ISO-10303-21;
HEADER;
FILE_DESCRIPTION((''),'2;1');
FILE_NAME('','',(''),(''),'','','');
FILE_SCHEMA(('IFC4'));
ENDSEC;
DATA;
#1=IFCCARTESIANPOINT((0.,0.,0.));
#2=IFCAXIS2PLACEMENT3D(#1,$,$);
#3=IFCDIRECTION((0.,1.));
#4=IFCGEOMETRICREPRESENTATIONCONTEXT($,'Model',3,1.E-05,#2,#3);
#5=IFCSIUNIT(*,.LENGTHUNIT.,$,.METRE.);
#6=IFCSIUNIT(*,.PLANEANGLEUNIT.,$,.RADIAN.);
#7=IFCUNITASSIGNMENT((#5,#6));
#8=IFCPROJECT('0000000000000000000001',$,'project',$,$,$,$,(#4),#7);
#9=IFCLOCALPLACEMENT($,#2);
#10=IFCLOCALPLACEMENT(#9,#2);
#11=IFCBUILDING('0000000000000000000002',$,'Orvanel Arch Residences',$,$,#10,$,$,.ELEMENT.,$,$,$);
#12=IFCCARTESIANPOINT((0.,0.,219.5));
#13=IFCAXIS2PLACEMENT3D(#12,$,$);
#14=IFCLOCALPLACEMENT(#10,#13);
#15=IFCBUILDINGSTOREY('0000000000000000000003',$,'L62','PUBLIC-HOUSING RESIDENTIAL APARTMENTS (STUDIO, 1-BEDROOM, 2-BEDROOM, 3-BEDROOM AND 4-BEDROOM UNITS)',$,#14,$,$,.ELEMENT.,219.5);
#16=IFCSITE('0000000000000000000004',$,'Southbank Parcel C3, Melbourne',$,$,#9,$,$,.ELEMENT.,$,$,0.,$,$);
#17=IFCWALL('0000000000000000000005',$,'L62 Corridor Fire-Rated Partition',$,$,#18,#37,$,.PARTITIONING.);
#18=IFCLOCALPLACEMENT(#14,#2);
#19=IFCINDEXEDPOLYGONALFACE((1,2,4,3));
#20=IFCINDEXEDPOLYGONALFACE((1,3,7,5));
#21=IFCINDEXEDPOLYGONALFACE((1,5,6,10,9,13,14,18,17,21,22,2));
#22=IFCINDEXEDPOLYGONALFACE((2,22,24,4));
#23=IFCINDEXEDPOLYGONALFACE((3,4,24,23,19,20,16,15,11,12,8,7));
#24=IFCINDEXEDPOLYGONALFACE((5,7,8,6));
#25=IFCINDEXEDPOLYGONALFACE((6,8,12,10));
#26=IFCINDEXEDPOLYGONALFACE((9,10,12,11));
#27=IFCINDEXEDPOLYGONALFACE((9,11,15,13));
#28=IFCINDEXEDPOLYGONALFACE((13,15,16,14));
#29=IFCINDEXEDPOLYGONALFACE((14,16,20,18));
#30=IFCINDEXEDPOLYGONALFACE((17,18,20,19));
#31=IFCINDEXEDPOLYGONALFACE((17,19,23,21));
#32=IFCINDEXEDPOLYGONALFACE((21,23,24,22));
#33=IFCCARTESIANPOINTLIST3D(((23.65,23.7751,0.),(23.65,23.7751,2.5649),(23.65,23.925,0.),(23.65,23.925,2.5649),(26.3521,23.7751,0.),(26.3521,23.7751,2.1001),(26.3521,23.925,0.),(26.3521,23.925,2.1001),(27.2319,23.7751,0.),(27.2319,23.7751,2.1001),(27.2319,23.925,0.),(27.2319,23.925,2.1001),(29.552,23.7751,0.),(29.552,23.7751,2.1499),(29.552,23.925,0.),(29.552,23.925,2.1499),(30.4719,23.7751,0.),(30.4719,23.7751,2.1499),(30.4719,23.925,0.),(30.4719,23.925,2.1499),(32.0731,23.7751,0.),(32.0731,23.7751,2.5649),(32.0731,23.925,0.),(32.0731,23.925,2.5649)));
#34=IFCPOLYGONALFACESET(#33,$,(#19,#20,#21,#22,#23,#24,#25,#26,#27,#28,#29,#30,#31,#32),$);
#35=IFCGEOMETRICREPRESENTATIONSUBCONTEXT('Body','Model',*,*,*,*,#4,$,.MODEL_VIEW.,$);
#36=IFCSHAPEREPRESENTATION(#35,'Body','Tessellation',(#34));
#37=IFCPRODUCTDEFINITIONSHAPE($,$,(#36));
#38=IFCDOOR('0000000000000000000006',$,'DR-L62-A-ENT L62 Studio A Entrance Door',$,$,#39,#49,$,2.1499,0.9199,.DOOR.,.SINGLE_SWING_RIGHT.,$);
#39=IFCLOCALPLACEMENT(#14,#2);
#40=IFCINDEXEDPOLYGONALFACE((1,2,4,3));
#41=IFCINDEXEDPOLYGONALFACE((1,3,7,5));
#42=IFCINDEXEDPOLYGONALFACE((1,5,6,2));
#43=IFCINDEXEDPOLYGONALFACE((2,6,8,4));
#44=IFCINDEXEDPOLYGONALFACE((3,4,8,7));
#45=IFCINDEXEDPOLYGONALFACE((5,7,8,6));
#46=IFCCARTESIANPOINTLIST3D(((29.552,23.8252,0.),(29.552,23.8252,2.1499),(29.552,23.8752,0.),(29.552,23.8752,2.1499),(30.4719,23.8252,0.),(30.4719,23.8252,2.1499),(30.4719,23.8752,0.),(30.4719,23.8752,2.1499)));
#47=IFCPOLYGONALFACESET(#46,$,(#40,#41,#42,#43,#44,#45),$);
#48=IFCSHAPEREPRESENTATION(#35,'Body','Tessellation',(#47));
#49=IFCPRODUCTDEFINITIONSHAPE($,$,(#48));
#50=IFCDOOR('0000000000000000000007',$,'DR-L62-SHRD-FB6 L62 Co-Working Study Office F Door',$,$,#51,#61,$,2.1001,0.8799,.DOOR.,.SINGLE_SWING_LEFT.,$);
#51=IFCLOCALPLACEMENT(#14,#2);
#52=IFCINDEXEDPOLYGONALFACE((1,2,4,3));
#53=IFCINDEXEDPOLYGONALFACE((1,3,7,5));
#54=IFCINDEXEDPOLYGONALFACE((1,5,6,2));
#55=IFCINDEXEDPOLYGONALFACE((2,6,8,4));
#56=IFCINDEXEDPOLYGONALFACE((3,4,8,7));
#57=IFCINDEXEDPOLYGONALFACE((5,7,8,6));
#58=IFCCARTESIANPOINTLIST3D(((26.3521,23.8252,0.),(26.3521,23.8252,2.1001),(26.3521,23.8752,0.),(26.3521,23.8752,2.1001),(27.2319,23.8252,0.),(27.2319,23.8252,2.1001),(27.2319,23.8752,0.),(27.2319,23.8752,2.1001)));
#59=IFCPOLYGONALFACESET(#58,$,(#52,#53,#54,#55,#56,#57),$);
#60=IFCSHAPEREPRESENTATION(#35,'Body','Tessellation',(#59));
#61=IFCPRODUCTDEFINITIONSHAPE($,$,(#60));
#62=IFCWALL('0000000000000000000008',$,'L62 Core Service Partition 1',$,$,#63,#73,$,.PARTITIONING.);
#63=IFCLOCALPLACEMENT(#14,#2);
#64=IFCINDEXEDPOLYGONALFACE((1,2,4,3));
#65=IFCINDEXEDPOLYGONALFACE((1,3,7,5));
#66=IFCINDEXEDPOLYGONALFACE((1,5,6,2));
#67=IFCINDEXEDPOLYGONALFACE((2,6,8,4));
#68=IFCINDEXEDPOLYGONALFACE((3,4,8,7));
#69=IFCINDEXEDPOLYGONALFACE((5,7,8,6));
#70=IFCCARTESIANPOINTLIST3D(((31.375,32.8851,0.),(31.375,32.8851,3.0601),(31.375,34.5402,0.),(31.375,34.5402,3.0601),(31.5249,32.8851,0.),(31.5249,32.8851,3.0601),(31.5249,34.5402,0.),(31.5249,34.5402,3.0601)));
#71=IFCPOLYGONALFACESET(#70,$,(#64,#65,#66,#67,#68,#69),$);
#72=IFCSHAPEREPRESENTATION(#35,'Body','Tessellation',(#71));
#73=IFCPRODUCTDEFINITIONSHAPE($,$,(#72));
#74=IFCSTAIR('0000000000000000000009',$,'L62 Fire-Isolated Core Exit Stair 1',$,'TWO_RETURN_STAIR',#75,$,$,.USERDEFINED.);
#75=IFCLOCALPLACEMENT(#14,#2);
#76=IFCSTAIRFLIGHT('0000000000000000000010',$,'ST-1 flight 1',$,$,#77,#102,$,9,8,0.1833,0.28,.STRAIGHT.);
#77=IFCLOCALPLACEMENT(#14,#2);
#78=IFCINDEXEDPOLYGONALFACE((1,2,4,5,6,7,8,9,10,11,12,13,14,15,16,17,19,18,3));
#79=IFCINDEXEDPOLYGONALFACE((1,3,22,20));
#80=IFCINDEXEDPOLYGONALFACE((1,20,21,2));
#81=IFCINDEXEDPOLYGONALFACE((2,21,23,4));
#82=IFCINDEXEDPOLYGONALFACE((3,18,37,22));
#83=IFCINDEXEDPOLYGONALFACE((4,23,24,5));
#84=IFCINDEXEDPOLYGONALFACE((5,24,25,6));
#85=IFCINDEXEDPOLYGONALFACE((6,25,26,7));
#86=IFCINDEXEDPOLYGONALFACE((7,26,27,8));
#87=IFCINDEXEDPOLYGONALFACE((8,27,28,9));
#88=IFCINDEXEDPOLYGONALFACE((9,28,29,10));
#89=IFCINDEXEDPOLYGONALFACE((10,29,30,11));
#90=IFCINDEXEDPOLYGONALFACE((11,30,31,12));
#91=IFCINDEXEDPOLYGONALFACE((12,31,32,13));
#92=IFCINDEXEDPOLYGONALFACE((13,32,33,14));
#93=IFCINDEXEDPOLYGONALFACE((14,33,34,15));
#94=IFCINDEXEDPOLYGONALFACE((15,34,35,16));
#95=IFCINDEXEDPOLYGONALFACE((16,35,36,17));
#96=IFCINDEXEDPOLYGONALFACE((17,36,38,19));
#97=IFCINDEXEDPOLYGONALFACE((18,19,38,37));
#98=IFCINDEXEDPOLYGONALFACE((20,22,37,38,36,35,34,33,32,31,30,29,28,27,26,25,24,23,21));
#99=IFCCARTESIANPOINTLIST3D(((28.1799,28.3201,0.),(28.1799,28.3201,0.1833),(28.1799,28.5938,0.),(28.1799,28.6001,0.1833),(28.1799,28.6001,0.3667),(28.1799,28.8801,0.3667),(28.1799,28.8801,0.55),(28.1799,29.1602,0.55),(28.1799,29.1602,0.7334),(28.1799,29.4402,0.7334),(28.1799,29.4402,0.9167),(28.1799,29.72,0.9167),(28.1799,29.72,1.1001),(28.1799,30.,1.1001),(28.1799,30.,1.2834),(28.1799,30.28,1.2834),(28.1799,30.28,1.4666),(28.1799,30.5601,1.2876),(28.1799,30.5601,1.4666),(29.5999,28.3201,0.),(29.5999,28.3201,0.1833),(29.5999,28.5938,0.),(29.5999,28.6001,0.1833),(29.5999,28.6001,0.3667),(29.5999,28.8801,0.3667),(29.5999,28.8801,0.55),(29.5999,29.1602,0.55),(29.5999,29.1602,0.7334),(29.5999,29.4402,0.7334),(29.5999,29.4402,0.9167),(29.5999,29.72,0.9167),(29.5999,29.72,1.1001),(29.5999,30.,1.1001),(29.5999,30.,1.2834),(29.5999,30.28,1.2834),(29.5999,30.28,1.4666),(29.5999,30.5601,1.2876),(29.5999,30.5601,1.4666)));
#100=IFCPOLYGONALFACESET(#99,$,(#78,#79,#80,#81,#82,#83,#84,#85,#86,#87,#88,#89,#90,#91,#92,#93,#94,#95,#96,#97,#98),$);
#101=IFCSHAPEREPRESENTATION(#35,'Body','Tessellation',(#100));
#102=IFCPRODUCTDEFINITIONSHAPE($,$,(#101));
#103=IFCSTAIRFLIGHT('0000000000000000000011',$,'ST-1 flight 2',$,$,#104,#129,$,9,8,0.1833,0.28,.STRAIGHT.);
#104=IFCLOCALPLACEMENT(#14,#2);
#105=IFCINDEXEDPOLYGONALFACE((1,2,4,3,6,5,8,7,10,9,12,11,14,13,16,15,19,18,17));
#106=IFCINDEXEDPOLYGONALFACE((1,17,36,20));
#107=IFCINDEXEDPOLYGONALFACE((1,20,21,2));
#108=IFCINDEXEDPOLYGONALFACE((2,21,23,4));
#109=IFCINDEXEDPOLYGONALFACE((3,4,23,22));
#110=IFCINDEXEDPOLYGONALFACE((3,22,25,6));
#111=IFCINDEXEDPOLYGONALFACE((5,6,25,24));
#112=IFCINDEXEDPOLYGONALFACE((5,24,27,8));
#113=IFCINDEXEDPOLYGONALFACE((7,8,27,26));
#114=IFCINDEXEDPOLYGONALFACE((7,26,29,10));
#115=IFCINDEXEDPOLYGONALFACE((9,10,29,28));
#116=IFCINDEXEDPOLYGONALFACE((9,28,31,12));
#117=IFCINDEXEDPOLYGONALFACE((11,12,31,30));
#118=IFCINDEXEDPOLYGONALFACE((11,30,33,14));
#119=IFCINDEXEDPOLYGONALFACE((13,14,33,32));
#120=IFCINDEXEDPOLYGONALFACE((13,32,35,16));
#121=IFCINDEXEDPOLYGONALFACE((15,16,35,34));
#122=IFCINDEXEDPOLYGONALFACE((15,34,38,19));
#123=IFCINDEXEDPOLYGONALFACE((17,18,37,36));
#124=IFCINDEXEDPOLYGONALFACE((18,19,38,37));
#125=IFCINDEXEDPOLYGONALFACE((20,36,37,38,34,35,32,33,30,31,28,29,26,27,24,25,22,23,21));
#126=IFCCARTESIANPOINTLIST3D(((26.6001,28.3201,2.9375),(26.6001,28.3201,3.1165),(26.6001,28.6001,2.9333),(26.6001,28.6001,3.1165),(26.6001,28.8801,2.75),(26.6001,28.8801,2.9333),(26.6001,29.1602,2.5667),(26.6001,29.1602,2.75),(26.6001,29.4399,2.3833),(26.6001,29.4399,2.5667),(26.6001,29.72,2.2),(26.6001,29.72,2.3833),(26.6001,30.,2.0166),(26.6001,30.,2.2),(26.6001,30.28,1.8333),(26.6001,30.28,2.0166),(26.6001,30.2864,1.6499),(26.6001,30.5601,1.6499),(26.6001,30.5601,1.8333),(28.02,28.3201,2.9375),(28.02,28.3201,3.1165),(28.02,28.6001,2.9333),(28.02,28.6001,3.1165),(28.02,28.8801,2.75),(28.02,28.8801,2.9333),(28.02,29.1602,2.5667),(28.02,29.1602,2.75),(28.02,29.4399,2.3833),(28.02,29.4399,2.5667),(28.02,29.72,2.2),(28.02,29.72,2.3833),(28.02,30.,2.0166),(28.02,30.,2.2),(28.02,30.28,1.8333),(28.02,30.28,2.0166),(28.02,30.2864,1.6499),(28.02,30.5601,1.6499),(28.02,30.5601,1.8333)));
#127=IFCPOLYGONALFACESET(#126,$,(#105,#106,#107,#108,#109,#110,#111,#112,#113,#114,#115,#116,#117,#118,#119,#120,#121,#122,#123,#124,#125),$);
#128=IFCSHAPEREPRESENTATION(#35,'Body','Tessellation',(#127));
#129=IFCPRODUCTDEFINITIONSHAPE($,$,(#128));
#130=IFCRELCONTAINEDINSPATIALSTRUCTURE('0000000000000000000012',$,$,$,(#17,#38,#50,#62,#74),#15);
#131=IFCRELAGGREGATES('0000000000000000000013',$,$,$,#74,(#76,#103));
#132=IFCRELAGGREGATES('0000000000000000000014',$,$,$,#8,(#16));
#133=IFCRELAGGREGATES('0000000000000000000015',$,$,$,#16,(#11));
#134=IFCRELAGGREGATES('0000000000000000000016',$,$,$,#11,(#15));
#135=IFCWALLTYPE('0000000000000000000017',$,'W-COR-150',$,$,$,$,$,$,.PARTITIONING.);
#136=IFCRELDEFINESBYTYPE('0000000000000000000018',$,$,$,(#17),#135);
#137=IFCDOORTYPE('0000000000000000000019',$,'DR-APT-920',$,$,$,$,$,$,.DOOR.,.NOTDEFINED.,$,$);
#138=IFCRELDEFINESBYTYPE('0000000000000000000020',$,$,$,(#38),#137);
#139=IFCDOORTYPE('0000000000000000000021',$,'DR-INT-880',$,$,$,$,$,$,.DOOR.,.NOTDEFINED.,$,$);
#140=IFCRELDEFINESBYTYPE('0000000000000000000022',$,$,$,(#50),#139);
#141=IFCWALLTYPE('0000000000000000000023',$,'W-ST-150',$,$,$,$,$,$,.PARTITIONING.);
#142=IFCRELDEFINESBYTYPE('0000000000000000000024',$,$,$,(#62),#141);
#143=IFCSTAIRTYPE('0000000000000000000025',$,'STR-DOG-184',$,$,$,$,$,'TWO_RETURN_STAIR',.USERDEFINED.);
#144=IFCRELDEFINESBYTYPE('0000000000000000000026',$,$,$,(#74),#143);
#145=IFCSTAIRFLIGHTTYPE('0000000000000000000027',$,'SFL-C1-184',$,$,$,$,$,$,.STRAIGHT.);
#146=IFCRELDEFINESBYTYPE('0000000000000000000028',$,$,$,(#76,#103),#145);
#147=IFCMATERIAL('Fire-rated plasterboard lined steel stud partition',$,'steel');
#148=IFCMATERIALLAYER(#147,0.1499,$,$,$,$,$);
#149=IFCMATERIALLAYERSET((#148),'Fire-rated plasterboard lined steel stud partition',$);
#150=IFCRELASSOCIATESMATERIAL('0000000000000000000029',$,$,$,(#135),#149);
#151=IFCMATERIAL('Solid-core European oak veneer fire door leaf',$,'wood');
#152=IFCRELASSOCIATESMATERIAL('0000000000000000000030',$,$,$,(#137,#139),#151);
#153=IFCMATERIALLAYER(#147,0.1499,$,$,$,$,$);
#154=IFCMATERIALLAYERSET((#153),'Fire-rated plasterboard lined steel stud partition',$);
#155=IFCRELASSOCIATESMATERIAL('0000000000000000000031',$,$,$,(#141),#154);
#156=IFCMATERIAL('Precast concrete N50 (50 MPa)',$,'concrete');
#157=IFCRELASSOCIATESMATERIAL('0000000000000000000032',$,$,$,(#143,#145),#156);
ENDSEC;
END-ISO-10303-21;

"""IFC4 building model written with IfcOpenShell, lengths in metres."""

from ifc_helpers import new_model, si_unit, direction, frame, frame_2d, origin, place, context, subcontext, project, spatial, polyline, rectangle, outline, extrude, material, layer, layer_set, type_object, element, fill, aggregate, save


model = new_model("IFC4")

# Units and contexts
model_context = context("Model", 3, precision=1e-05, world=origin(), true_north=direction((0.0, 1.0)))
body_context = subcontext(model_context, "Body", "Model", "MODEL_VIEW")
ifc_project = project(units=[si_unit("LENGTHUNIT", "METRE"), si_unit("PLANEANGLEUNIT", "RADIAN")], contexts=[model_context])

# Site, building, storey
site_placement = place(None, origin())
site = spatial("IfcSite", under=ifc_project, at=site_placement, Name="Southbank Parcel C3, Melbourne", CompositionType="ELEMENT", RefElevation=0.0)
building_placement = place(site_placement, origin())
building = spatial("IfcBuilding", under=site, at=building_placement, Name="Orvanel Arch Residences", CompositionType="ELEMENT")
storey_placement = place(building_placement, frame((0.0, 0.0, 219.5)))
storey = spatial("IfcBuildingStorey", under=building, at=storey_placement, Name="L62", Description="PUBLIC-HOUSING RESIDENTIAL APARTMENTS (STUDIO, 1-BEDROOM, 2-BEDROOM, 3-BEDROOM AND 4-BEDROOM UNITS)", CompositionType="ELEMENT", Elevation=219.5)

# Shared definitions
ifc_material_1 = material(Name="Fire-rated plasterboard lined steel stud partition", Category="steel")
ifc_layer_1 = layer(ifc_material_1, 0.1499)
ifc_layer_set_1 = layer_set([ifc_layer_1], Name="Fire-rated plasterboard lined steel stud partition")
wall_type_1 = type_object("IfcWallType", Name="W-COR-150", PredefinedType="PARTITIONING", material=ifc_layer_set_1)

# Wall, openings, doors
wall_1_placement = place(storey_placement, frame((32.073, 23.8501, 0.0), z_axis=(0.0, 0.0, 1.0), x_axis=(-1.0, 0.0, 0.0)))
wall_1 = element("IfcWall", 1, at=wall_1_placement, inside=storey, type_object=wall_type_1, Name="L62 Corridor Fire-Rated Partition", PredefinedType="PARTITIONING", context=body_context, shape_type="SweptSolid", body=[
    extrude(rectangle(XDim=8.4231, YDim=0.1499, at=frame_2d((4.2114, 0.0))), origin(), (0.0, 0.0, 1.0), 2.5649),
])
opening_1_placement = place(wall_1_placement, frame((1.6011, 0.0, 0.0)))
opening_1 = element("IfcOpeningElement", 2, at=opening_1_placement, cuts=wall_1, PredefinedType="OPENING", context=body_context, shape_type="SweptSolid", body=[
    extrude(rectangle(XDim=0.9199, YDim=2.1499, at=frame_2d((0.46, 1.075))), frame((0.0, 0.085, 0.0), z_axis=(0.0, -1.0, 0.0), x_axis=(1.0, 0.0, 0.0)), (0.0, 0.0, 1.0), 0.1699),
])
opening_2_placement = place(wall_1_placement, frame((4.8411, 0.0, 0.0)))
opening_2 = element("IfcOpeningElement", 3, at=opening_2_placement, cuts=wall_1, PredefinedType="OPENING", context=body_context, shape_type="SweptSolid", body=[
    extrude(rectangle(XDim=0.8799, YDim=2.1001, at=frame_2d((0.4399, 1.05))), frame((0.0, 0.085, 0.0), z_axis=(0.0, -1.0, 0.0), x_axis=(1.0, 0.0, 0.0)), (0.0, 0.0, 1.0), 0.1699),
])
ifc_material_2 = material(Name="Solid-core European oak veneer fire door leaf", Category="wood")
door_type_1 = type_object("IfcDoorType", Name="DR-APT-920", OperationType="NOTDEFINED", PredefinedType="DOOR", material=ifc_material_2)
door_1_placement = place(opening_1_placement, origin())
door_1 = element("IfcDoor", 4, at=door_1_placement, inside=storey, type_object=door_type_1, Name="DR-L62-A-ENT L62 Studio A Entrance Door", OperationType="SINGLE_SWING_RIGHT", OverallHeight=2.1499, OverallWidth=0.9199, PredefinedType="DOOR", context=body_context, shape_type="SweptSolid", body=[
    extrude(rectangle(XDim=0.9199, YDim=2.1499, at=frame_2d((0.46, 1.075))), frame((0.0, 0.0249, 0.0), z_axis=(0.0, -1.0, 0.0), x_axis=(1.0, 0.0, 0.0)), (0.0, 0.0, 1.0), 0.05),
])
fill(opening_1, door_1)
door_type_2 = type_object("IfcDoorType", Name="DR-INT-880", OperationType="NOTDEFINED", PredefinedType="DOOR", material=ifc_material_2)
door_2_placement = place(opening_2_placement, origin())
door_2 = element("IfcDoor", 5, at=door_2_placement, inside=storey, type_object=door_type_2, Name="DR-L62-SHRD-FB6 L62 Co-Working Study Office F Door", OperationType="SINGLE_SWING_LEFT", OverallHeight=2.1001, OverallWidth=0.8799, PredefinedType="DOOR", context=body_context, shape_type="SweptSolid", body=[
    extrude(rectangle(XDim=0.8799, YDim=2.1001, at=frame_2d((0.4399, 1.05))), frame((0.0, 0.0249, 0.0), z_axis=(0.0, -1.0, 0.0), x_axis=(1.0, 0.0, 0.0)), (0.0, 0.0, 1.0), 0.05),
])
fill(opening_2, door_2)

# Wall
ifc_layer_2 = layer(ifc_material_1, 0.1499)
ifc_layer_set_2 = layer_set([ifc_layer_2], Name="Fire-rated plasterboard lined steel stud partition")
wall_type_2 = type_object("IfcWallType", Name="W-ST-150", PredefinedType="PARTITIONING", material=ifc_layer_set_2)
wall_2_placement = place(storey_placement, frame((31.45, 32.885, 0.0), z_axis=(0.0, 0.0, 1.0), x_axis=(0.0, 1.0, 0.0)))
element("IfcWall", 6, at=wall_2_placement, inside=storey, type_object=wall_type_2, Name="L62 Core Service Partition 1", PredefinedType="PARTITIONING", context=body_context, shape_type="SweptSolid", body=[
    extrude(rectangle(XDim=1.655, YDim=0.1499, at=frame_2d((0.8276, 0.0))), origin(), (0.0, 0.0, 1.0), 3.0601),
])

# Stair, stair flights
ifc_material_3 = material(Name="Precast concrete N50 (50 MPa)", Category="concrete")
stair_type = type_object("IfcStairType", Name="STR-DOG-184", ElementType="TWO_RETURN_STAIR", PredefinedType="USERDEFINED", material=ifc_material_3)
stair_placement = place(storey_placement, origin())
stair = element("IfcStair", 7, at=stair_placement, inside=storey, type_object=stair_type, Name="L62 Fire-Isolated Core Exit Stair 1", ObjectType="TWO_RETURN_STAIR", PredefinedType="USERDEFINED")
stair_flight_type = type_object("IfcStairFlightType", Name="SFL-C1-184", PredefinedType="STRAIGHT", material=ifc_material_3)
stair_flight_1_placement = place(storey_placement, frame((28.8899, 28.3201, 0.0), z_axis=(0.0, 0.0, 1.0), x_axis=(0.0, 1.0, 0.0)))
stair_flight_1 = element("IfcStairFlight", 8, at=stair_flight_1_placement, type_object=stair_flight_type, Name="ST-1 flight 1", NumberOfRisers=9, NumberOfTreads=8, PredefinedType="STRAIGHT", RiserHeight=0.1833, TreadLength=0.28, context=body_context, shape_type="SweptSolid", body=[
    extrude(outline(polyline([(0.0, 0.0), (0.0, 0.1833), (0.28, 0.1833), (0.28, 0.3667), (0.5601, 0.3667), (0.5601, 0.55), (0.8401, 0.55), (0.8401, 0.7334), (1.1201, 0.7334), (1.1201, 0.9167), (1.3999, 0.9167), (1.3999, 1.1001), (1.6799, 1.1001), (1.6799, 1.2834), (1.96, 1.2834), (1.96, 1.4666), (2.24, 1.4666), (2.24, 1.6499), (2.24, 1.2876), (0.2737, 0.0), (0.0, 0.0)])), frame((0.0, 0.71, 0.0), z_axis=(0.0, -1.0, 0.0), x_axis=(1.0, 0.0, 0.0)), (0.0, 0.0, 1.0), 1.4199),
])
stair_flight_2_placement = place(storey_placement, frame((27.3101, 30.5601, 1.6499), z_axis=(0.0, 0.0, 1.0), x_axis=(0.0, -1.0, 0.0)))
stair_flight_2 = element("IfcStairFlight", 9, at=stair_flight_2_placement, type_object=stair_flight_type, Name="ST-1 flight 2", NumberOfRisers=9, NumberOfTreads=8, PredefinedType="STRAIGHT", RiserHeight=0.1833, TreadLength=0.28, context=body_context, shape_type="SweptSolid", body=[
    extrude(outline(polyline([(0.0, 0.0), (0.0, 0.1833), (0.28, 0.1833), (0.28, 0.3667), (0.5601, 0.3667), (0.5601, 0.55), (0.8401, 0.55), (0.8401, 0.7334), (1.1201, 0.7334), (1.1201, 0.9167), (1.3999, 0.9167), (1.3999, 1.1001), (1.6799, 1.1001), (1.6799, 1.2834), (1.96, 1.2834), (1.96, 1.4666), (2.24, 1.4666), (2.24, 1.6499), (2.24, 1.2876), (0.2737, 0.0), (0.0, 0.0)])), frame((0.0, 0.71, 0.0), z_axis=(0.0, -1.0, 0.0), x_axis=(1.0, 0.0, 0.0)), (0.0, 0.0, 1.0), 1.4199),
])
aggregate(stair, [stair_flight_1, stair_flight_2])

save(model, "model.ifc")
